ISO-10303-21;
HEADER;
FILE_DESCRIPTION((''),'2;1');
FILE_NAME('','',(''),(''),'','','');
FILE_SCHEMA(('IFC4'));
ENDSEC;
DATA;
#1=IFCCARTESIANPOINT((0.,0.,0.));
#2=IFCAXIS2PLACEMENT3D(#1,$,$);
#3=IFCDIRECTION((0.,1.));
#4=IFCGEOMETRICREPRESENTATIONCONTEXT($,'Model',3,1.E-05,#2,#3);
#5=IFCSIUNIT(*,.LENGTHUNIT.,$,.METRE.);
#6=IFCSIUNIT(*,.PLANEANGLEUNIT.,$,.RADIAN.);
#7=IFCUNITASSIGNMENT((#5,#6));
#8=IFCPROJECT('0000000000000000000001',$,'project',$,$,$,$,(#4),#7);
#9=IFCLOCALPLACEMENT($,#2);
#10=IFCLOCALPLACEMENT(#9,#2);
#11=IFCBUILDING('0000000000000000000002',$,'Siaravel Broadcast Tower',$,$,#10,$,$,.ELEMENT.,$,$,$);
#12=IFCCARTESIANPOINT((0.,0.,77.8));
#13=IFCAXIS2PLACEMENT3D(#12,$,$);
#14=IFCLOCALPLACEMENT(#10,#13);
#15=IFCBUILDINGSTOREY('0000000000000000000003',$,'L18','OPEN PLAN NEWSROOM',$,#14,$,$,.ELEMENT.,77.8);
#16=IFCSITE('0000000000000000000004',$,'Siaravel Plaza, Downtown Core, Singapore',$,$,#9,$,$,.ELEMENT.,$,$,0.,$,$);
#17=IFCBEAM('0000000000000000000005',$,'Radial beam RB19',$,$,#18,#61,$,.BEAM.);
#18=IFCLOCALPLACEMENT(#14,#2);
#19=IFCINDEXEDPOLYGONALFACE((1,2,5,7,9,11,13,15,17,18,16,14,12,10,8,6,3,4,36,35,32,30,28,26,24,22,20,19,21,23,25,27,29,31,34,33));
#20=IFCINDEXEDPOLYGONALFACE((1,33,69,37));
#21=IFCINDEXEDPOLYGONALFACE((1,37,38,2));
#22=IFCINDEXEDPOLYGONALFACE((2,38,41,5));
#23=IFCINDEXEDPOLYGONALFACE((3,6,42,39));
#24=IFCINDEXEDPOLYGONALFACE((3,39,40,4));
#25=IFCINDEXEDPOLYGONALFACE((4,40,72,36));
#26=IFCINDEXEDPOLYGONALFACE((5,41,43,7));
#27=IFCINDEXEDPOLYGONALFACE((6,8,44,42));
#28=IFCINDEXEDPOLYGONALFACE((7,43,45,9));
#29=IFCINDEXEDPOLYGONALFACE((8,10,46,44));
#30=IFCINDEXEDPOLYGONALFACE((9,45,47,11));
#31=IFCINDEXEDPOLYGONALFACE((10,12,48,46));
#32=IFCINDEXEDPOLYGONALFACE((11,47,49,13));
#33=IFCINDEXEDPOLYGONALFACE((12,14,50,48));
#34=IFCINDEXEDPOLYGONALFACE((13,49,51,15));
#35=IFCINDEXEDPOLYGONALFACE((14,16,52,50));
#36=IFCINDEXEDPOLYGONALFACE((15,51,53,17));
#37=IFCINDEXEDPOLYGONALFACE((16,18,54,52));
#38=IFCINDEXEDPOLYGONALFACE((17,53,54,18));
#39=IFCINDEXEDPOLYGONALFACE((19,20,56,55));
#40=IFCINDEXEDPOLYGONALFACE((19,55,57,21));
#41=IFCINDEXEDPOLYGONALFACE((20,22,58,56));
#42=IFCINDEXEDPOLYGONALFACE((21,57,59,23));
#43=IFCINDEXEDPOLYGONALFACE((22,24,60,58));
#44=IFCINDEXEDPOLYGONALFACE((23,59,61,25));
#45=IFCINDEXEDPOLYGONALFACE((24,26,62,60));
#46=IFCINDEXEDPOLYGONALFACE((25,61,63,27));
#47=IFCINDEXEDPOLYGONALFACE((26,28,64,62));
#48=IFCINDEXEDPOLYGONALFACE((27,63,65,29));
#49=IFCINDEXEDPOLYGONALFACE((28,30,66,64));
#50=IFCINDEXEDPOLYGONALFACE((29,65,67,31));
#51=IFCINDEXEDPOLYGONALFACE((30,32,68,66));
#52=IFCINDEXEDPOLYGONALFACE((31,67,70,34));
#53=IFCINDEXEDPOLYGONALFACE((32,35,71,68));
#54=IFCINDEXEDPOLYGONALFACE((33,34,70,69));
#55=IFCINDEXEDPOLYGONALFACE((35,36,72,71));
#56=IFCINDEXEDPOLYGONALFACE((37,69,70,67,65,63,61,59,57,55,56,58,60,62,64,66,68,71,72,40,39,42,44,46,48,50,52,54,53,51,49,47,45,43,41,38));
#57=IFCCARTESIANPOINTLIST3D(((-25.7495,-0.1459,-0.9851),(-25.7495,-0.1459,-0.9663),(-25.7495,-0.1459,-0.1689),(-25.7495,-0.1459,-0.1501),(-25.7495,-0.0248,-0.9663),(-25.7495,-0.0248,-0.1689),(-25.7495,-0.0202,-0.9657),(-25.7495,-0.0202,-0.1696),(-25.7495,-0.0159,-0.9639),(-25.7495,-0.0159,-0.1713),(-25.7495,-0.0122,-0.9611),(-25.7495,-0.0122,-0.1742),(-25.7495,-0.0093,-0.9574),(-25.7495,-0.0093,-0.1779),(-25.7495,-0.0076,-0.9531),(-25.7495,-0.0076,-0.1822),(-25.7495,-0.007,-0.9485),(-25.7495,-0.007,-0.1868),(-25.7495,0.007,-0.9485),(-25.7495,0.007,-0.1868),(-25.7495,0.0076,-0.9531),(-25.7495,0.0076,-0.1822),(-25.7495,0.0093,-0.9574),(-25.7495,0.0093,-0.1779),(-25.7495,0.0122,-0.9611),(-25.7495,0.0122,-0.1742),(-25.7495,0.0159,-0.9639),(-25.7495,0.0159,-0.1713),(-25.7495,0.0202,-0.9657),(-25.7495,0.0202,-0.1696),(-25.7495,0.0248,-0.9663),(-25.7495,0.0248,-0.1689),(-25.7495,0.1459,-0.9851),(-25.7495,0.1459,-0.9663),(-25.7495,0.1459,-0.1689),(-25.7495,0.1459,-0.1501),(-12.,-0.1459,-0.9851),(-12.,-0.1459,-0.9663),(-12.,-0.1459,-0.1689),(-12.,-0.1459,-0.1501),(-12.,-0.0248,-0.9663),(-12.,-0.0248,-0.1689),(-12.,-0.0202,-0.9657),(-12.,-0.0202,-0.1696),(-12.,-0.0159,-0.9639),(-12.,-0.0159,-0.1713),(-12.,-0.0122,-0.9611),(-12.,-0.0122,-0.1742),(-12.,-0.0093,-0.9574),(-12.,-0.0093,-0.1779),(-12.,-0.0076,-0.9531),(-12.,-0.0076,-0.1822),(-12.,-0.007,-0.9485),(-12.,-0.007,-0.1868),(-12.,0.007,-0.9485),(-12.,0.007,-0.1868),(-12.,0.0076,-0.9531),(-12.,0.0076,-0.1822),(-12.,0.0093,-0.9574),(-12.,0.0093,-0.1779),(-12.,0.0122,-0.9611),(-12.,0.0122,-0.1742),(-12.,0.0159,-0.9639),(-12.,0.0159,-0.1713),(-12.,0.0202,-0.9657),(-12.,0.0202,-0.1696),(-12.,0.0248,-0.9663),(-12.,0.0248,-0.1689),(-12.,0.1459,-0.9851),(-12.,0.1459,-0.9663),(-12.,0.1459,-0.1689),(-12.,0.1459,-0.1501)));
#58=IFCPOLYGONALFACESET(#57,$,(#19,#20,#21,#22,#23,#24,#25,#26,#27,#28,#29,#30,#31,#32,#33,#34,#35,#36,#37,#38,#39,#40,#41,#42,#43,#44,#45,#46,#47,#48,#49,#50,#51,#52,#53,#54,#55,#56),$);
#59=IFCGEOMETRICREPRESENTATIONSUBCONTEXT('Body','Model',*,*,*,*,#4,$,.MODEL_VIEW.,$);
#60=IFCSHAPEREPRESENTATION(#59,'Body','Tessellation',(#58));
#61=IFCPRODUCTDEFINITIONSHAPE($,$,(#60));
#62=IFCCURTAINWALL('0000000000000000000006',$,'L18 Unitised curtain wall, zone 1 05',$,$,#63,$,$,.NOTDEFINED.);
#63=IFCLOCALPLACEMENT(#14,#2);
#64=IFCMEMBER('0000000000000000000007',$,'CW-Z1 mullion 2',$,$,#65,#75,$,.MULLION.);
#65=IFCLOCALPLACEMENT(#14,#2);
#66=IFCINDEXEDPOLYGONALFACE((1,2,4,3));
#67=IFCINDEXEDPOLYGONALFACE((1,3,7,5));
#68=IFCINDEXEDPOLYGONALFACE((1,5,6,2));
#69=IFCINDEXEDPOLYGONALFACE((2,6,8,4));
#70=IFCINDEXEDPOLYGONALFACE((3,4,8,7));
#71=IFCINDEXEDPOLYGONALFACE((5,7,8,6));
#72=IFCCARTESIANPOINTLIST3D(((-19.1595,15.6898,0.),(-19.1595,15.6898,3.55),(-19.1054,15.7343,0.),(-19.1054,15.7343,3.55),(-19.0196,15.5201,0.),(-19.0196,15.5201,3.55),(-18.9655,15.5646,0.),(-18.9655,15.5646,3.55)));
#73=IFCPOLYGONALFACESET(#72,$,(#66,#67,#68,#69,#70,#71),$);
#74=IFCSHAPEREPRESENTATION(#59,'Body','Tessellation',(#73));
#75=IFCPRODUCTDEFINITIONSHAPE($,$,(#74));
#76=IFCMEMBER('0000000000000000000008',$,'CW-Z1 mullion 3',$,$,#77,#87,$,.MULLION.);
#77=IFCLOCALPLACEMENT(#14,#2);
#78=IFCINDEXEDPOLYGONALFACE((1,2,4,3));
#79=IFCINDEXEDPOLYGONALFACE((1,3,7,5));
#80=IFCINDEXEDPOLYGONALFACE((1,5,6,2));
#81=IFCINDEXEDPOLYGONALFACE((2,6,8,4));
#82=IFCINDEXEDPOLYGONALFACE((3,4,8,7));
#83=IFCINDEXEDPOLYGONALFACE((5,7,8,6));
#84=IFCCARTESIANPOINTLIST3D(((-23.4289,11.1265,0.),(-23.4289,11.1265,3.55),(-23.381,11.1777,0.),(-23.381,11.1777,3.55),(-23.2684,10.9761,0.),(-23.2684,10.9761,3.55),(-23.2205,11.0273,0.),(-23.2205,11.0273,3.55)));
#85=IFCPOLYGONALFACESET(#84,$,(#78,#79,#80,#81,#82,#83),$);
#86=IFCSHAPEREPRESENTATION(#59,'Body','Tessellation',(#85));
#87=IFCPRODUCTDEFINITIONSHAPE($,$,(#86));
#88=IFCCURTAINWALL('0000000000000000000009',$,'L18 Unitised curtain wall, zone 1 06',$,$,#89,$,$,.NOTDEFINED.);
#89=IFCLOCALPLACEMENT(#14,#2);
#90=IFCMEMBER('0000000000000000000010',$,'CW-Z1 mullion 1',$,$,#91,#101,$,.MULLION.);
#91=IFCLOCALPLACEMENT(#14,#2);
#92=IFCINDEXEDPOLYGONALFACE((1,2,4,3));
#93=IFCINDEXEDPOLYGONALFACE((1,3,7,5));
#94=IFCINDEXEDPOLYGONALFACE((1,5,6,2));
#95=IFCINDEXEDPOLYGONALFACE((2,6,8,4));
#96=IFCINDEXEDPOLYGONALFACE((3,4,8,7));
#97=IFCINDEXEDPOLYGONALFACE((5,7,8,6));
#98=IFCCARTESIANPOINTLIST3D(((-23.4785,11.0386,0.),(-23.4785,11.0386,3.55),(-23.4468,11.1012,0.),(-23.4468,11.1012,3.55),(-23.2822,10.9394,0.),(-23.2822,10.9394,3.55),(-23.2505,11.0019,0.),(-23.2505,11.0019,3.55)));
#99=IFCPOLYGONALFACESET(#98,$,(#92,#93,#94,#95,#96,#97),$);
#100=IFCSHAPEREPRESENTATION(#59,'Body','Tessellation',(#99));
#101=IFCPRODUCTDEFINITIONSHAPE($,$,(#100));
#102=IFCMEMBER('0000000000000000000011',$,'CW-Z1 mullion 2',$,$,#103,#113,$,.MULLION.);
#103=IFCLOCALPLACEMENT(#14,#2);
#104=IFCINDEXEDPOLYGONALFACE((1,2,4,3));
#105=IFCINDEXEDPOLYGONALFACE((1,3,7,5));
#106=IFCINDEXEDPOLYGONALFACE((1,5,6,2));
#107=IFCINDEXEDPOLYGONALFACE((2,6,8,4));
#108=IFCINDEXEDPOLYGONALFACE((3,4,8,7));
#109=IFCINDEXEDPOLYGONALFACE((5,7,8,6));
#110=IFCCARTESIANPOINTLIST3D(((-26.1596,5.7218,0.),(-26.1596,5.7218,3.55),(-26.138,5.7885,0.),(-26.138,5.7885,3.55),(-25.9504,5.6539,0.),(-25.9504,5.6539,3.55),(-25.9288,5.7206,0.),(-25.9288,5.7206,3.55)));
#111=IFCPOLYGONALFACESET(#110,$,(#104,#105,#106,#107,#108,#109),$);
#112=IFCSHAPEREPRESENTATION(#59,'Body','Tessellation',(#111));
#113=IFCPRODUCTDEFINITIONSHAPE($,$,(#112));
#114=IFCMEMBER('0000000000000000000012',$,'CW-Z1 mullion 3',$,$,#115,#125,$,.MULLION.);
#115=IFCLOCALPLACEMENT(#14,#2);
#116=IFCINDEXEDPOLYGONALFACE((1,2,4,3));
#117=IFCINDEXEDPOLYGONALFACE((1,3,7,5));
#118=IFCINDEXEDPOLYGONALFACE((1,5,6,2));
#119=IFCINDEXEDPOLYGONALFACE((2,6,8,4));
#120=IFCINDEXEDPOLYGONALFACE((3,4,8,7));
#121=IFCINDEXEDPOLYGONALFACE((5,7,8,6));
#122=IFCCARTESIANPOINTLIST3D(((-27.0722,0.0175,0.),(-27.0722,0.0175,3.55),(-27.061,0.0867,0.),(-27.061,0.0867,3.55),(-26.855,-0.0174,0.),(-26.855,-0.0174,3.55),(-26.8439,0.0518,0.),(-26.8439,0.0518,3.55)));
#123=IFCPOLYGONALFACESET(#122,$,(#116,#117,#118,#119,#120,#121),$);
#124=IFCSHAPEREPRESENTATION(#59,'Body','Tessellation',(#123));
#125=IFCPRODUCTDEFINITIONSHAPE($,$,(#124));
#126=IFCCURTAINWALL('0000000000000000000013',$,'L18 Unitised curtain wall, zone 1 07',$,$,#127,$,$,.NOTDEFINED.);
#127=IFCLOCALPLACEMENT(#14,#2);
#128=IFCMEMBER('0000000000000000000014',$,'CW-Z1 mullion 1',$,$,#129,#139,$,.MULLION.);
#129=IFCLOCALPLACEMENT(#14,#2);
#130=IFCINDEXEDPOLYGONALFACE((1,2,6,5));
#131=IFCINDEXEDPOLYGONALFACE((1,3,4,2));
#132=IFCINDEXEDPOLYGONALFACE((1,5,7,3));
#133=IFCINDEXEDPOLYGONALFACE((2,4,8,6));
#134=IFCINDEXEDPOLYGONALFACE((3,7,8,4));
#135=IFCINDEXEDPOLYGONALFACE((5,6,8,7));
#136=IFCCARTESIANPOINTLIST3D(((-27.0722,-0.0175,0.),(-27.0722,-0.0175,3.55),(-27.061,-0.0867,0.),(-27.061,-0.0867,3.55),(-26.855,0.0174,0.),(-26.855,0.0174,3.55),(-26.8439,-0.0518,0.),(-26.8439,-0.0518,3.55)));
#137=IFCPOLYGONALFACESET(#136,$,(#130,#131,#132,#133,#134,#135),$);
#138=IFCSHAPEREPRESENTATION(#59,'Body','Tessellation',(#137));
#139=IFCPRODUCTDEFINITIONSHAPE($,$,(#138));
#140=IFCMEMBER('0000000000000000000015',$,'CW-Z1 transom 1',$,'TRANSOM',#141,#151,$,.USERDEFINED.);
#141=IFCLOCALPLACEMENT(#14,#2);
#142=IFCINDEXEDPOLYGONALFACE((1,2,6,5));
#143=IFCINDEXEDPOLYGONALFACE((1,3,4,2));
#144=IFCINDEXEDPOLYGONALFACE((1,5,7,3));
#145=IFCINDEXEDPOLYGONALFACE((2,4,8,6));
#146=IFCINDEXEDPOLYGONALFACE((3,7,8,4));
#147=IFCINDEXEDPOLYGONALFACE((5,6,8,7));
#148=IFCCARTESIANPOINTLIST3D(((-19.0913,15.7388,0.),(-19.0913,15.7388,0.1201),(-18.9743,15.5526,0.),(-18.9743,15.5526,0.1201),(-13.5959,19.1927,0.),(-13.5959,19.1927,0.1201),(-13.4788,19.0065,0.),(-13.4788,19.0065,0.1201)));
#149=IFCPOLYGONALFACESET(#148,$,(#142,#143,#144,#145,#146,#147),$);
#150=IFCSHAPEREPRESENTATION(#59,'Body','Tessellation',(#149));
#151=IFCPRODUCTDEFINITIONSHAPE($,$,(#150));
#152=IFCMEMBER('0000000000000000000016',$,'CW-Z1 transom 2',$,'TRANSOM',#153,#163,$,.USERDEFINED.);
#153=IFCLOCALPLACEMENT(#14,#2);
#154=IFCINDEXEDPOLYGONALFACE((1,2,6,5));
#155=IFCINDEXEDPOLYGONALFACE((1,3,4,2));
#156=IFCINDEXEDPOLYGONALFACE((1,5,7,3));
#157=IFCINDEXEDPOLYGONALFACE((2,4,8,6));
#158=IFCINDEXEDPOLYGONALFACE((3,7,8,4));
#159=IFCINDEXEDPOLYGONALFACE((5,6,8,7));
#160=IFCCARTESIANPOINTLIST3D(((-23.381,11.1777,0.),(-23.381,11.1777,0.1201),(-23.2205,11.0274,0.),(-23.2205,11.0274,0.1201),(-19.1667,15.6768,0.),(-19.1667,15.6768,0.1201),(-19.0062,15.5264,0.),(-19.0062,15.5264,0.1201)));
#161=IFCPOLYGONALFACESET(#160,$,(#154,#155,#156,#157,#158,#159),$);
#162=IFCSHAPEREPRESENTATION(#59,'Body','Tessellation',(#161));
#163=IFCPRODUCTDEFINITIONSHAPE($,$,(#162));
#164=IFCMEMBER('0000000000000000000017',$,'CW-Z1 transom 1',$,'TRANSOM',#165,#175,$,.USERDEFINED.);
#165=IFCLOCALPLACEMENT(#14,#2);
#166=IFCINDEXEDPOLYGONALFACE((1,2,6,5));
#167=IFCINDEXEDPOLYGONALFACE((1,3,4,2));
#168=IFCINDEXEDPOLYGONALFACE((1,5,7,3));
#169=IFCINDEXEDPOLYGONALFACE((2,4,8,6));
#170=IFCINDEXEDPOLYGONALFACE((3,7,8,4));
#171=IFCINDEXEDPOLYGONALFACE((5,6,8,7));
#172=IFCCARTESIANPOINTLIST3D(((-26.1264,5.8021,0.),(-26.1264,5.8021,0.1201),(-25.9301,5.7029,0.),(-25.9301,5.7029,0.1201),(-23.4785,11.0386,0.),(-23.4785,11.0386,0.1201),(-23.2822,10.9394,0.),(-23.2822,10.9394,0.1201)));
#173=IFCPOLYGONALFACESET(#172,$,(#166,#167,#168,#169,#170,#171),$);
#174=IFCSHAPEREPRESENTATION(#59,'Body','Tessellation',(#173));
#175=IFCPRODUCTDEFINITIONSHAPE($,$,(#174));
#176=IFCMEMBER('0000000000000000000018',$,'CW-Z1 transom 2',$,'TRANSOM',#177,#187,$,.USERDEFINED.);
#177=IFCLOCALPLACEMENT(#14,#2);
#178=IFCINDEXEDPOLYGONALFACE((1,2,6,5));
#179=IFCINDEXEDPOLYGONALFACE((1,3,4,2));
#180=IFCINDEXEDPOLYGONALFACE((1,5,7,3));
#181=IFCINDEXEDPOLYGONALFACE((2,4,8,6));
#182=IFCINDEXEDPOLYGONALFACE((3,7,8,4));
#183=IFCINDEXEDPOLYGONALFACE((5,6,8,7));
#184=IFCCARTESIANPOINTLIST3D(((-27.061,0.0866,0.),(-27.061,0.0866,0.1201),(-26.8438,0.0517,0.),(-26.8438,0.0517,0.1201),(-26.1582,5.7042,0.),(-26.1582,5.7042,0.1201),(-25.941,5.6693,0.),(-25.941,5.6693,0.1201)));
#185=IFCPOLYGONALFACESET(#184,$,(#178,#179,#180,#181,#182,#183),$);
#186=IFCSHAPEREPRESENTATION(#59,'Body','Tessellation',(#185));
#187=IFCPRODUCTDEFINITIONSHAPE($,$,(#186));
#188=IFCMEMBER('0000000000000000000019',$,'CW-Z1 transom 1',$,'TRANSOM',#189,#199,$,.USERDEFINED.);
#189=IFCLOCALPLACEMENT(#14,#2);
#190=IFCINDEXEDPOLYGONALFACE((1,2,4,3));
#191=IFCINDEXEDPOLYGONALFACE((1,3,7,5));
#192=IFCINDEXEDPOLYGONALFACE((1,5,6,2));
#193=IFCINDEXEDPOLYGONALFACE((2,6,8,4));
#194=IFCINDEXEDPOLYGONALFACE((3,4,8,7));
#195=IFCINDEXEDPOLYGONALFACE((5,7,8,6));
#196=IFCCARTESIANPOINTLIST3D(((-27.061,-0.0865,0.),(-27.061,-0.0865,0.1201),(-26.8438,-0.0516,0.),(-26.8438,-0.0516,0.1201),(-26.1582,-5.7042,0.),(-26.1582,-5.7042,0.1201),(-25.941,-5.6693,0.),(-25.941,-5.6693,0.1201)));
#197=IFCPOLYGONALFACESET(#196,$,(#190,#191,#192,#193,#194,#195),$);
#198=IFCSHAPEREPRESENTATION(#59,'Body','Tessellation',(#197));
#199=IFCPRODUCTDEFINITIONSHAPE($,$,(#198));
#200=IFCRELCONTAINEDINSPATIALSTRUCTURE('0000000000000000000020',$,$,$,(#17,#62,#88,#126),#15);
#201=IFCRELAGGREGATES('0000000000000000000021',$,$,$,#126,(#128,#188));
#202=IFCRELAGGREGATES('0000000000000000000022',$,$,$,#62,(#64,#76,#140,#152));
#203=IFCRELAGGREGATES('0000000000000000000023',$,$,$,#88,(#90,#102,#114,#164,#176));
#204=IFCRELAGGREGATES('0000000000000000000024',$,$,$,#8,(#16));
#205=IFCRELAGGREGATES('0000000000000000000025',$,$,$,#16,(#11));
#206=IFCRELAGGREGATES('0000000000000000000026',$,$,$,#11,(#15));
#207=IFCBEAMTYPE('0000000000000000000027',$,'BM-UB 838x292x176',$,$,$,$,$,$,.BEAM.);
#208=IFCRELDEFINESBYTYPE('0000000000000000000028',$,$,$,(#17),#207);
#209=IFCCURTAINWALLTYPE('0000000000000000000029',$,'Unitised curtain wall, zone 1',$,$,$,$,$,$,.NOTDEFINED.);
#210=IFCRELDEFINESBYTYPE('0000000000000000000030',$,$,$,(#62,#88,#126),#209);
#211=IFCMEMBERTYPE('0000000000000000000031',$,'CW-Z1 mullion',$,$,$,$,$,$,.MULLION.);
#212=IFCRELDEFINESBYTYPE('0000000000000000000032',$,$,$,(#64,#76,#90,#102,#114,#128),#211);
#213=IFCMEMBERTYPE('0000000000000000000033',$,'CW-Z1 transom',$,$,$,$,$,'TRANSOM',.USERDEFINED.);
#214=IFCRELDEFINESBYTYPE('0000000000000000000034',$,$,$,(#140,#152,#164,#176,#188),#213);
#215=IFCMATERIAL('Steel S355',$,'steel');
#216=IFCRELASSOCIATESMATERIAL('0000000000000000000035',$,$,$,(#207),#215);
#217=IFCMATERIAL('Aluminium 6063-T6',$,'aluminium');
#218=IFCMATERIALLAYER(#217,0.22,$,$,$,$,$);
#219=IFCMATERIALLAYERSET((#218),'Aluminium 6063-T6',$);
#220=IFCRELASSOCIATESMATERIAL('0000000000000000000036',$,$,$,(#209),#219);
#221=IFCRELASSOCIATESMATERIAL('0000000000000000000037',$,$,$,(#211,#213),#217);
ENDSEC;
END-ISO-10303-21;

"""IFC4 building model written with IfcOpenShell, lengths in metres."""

from ifc_helpers import new_model, si_unit, direction, frame, origin, origin_2d, place, context, subcontext, project, spatial, rectangle, i_section, extrude, material, layer, layer_set, material_profile, profile_set, type_object, element, aggregate, save


model = new_model("IFC4")

# Units and contexts
model_context = context("Model", 3, precision=1e-05, world=origin(), true_north=direction((0.0, 1.0)))
body_context = subcontext(model_context, "Body", "Model", "MODEL_VIEW")
ifc_project = project(units=[si_unit("LENGTHUNIT", "METRE"), si_unit("PLANEANGLEUNIT", "RADIAN")], contexts=[model_context])

# Site, building, storey
site_placement = place(None, origin())
site = spatial("IfcSite", under=ifc_project, at=site_placement, Name="Siaravel Plaza, Downtown Core, Singapore", CompositionType="ELEMENT", RefElevation=0.0)
building_placement = place(site_placement, origin())
building = spatial("IfcBuilding", under=site, at=building_placement, Name="Siaravel Broadcast Tower", CompositionType="ELEMENT")
storey_placement = place(building_placement, frame((0.0, 0.0, 77.8)))
storey = spatial("IfcBuildingStorey", under=building, at=storey_placement, Name="L18", Description="OPEN PLAN NEWSROOM", CompositionType="ELEMENT", Elevation=77.8)

# Beam
ifc_material_1 = material(Name="Steel S355", Category="steel")
ifc_material_profile_1 = material_profile(ifc_material_1, i_section(OverallWidth=0.2917, OverallDepth=0.835, WebThickness=0.0139, FlangeThickness=0.0188, FilletRadius=0.0178, at=origin_2d()))
ifc_profile_set_1 = profile_set([ifc_material_profile_1], Name="Steel S355")
beam_type = type_object("IfcBeamType", Name="BM-UB 838x292x176", PredefinedType="BEAM", material=ifc_profile_set_1)
beam_1_placement = place(storey_placement, frame((-25.7495, 0.0, -0.5676), z_axis=(1.0, 0.0, 0.0), x_axis=(0.0, 1.0, 0.0)))
element("IfcBeam", 1, at=beam_1_placement, inside=storey, type_object=beam_type, Name="Radial beam RB19", PredefinedType="BEAM", context=body_context, shape_type="SweptSolid", body=[
    extrude(i_section(OverallWidth=0.2917, OverallDepth=0.835, WebThickness=0.0139, FlangeThickness=0.0188, FilletRadius=0.0178, at=origin_2d()), origin(), (0.0, 0.0, 1.0), 13.7495),
])

# Curtain walls, members
ifc_material_2 = material(Name="Aluminium 6063-T6", Category="aluminium")
ifc_layer_1 = layer(ifc_material_2, 0.22)
ifc_layer_set_1 = layer_set([ifc_layer_1], Name="Aluminium 6063-T6")
curtain_wall_type = type_object("IfcCurtainWallType", Name="Unitised curtain wall, zone 1", PredefinedType="NOTDEFINED", material=ifc_layer_set_1)
curtain_wall_1_placement = place(storey_placement, origin())
curtain_wall_1 = element("IfcCurtainWall", 2, at=curtain_wall_1_placement, inside=storey, type_object=curtain_wall_type, Name="L18 Unitised curtain wall, zone 1 05", PredefinedType="NOTDEFINED")
ifc_material_profile_2 = material_profile(ifc_material_2, rectangle(XDim=0.22, YDim=0.0701, at=origin_2d()))
ifc_profile_set_2 = profile_set([ifc_material_profile_2], Name="Aluminium 6063-T6")
member_type_1 = type_object("IfcMemberType", Name="CW-Z1 mullion", PredefinedType="MULLION", material=ifc_profile_set_2)
member_1_placement = place(storey_placement, frame((-19.0625, 15.6272, 0.0), z_axis=(0.0, 0.0, 1.0), x_axis=(0.636219, -0.771508, 0.0)))
member_1 = element("IfcMember", 3, at=member_1_placement, type_object=member_type_1, Name="CW-Z1 mullion 2", PredefinedType="MULLION", context=body_context, shape_type="SweptSolid", body=[
    extrude(rectangle(XDim=0.22, YDim=0.0701, at=origin_2d()), origin(), (0.0, 0.0, 1.0), 3.55),
])
member_2_placement = place(storey_placement, frame((-23.3247, 11.0769, 0.0), z_axis=(0.0, 0.0, 1.0), x_axis=(0.729806, -0.683655, 0.0)))
member_2 = element("IfcMember", 4, at=member_2_placement, type_object=member_type_1, Name="CW-Z1 mullion 3", PredefinedType="MULLION", context=body_context, shape_type="SweptSolid", body=[
    extrude(rectangle(XDim=0.22, YDim=0.0701, at=origin_2d()), origin(), (0.0, 0.0, 1.0), 3.55),
])
curtain_wall_2_placement = place(storey_placement, origin())
curtain_wall_2 = element("IfcCurtainWall", 5, at=curtain_wall_2_placement, inside=storey, type_object=curtain_wall_type, Name="L18 Unitised curtain wall, zone 1 06", PredefinedType="NOTDEFINED")
member_3_placement = place(storey_placement, frame((-23.3645, 11.0203, 0.0), z_axis=(0.0, 0.0, 1.0), x_axis=(0.892392, -0.451261, 0.0)))
member_3 = element("IfcMember", 6, at=member_3_placement, type_object=member_type_1, Name="CW-Z1 mullion 1", PredefinedType="MULLION", context=body_context, shape_type="SweptSolid", body=[
    extrude(rectangle(XDim=0.22, YDim=0.0701, at=origin_2d()), origin(), (0.0, 0.0, 1.0), 3.55),
])
member_4_placement = place(storey_placement, frame((-26.0442, 5.7212, 0.0), z_axis=(0.0, 0.0, 1.0), x_axis=(0.951177, -0.308645, 0.0)))
member_4 = element("IfcMember", 7, at=member_4_placement, type_object=member_type_1, Name="CW-Z1 mullion 2", PredefinedType="MULLION", context=body_context, shape_type="SweptSolid", body=[
    extrude(rectangle(XDim=0.22, YDim=0.0701, at=origin_2d()), origin(), (0.0, 0.0, 1.0), 3.55),
])
member_5_placement = place(storey_placement, frame((-26.958, 0.0347, 0.0), z_axis=(0.0, 0.0, 1.0), x_axis=(0.987329, -0.158685, 0.0)))
member_5 = element("IfcMember", 8, at=member_5_placement, type_object=member_type_1, Name="CW-Z1 mullion 3", PredefinedType="MULLION", context=body_context, shape_type="SweptSolid", body=[
    extrude(rectangle(XDim=0.22, YDim=0.0701, at=origin_2d()), origin(), (0.0, 0.0, 1.0), 3.55),
])

# Curtain wall, member
curtain_wall_3_placement = place(storey_placement, origin())
curtain_wall_3 = element("IfcCurtainWall", 9, at=curtain_wall_3_placement, inside=storey, type_object=curtain_wall_type, Name="L18 Unitised curtain wall, zone 1 07", PredefinedType="NOTDEFINED")
member_6_placement = place(storey_placement, frame((-26.958, -0.0347, 0.0), z_axis=(0.0, 0.0, 1.0), x_axis=(0.987329, 0.158685, 0.0)))
member_6 = element("IfcMember", 10, at=member_6_placement, type_object=member_type_1, Name="CW-Z1 mullion 1", PredefinedType="MULLION", context=body_context, shape_type="SweptSolid", body=[
    extrude(rectangle(XDim=0.22, YDim=0.0701, at=origin_2d()), origin(), (0.0, 0.0, 1.0), 3.55),
])

# Members
ifc_material_profile_3 = material_profile(ifc_material_2, rectangle(XDim=0.22, YDim=0.1201, at=origin_2d()))
ifc_profile_set_3 = profile_set([ifc_material_profile_3], Name="Aluminium 6063-T6")
member_type_2 = type_object("IfcMemberType", Name="CW-Z1 transom", ElementType="TRANSOM", PredefinedType="USERDEFINED", material=ifc_profile_set_3)
member_7_placement = place(storey_placement, frame((-13.5374, 19.0996, 0.0601), z_axis=(-0.846662, -0.532131, 0.0), x_axis=(0.532131, -0.846662, 0.0)))
member_7 = element("IfcMember", 11, at=member_7_placement, type_object=member_type_2, Name="CW-Z1 transom 1", ObjectType="TRANSOM", PredefinedType="USERDEFINED", context=body_context, shape_type="SweptSolid", body=[
    extrude(rectangle(XDim=0.22, YDim=0.1201, at=origin_2d()), origin(), (0.0, 0.0, 1.0), 6.4907),
])
member_8_placement = place(storey_placement, frame((-19.0864, 15.6016, 0.0601), z_axis=(-0.683641, -0.729819, 0.0), x_axis=(0.729819, -0.683641, 0.0)))
member_8 = element("IfcMember", 12, at=member_8_placement, type_object=member_type_2, Name="CW-Z1 transom 2", ObjectType="TRANSOM", PredefinedType="USERDEFINED", context=body_context, shape_type="SweptSolid", body=[
    extrude(rectangle(XDim=0.22, YDim=0.1201, at=origin_2d()), origin(), (0.0, 0.0, 1.0), 6.1646),
])
member_9_placement = place(storey_placement, frame((-23.3804, 10.989, 0.0601), z_axis=(-0.451253, -0.892396, 0.0), x_axis=(0.892396, -0.451253, 0.0)))
member_9 = element("IfcMember", 13, at=member_9_placement, type_object=member_type_2, Name="CW-Z1 transom 1", ObjectType="TRANSOM", PredefinedType="USERDEFINED", context=body_context, shape_type="SweptSolid", body=[
    extrude(rectangle(XDim=0.22, YDim=0.1201, at=origin_2d()), origin(), (0.0, 0.0, 1.0), 5.8679),
])
member_10_placement = place(storey_placement, frame((-26.0496, 5.6868, 0.0601), z_axis=(-0.158677, -0.987331, 0.0), x_axis=(0.987331, -0.158677, 0.0)))
member_10 = element("IfcMember", 14, at=member_10_placement, type_object=member_type_2, Name="CW-Z1 transom 2", ObjectType="TRANSOM", PredefinedType="USERDEFINED", context=body_context, shape_type="SweptSolid", body=[
    extrude(rectangle(XDim=0.22, YDim=0.1201, at=origin_2d()), origin(), (0.0, 0.0, 1.0), 5.6897),
])
member_11_placement = place(storey_placement, frame((-26.9524, -0.0691, 0.0601), z_axis=(0.158677, -0.987331, 0.0), x_axis=(0.987331, 0.158677, 0.0)))
member_11 = element("IfcMember", 15, at=member_11_placement, type_object=member_type_2, Name="CW-Z1 transom 1", ObjectType="TRANSOM", PredefinedType="USERDEFINED", context=body_context, shape_type="SweptSolid", body=[
    extrude(rectangle(XDim=0.22, YDim=0.1201, at=origin_2d()), origin(), (0.0, 0.0, 1.0), 5.6897),
])
aggregate(curtain_wall_3, [member_6, member_11])

aggregate(curtain_wall_1, [member_1, member_2, member_7, member_8])
aggregate(curtain_wall_2, [member_3, member_4, member_5, member_9, member_10])

save(model, "model.ifc")
